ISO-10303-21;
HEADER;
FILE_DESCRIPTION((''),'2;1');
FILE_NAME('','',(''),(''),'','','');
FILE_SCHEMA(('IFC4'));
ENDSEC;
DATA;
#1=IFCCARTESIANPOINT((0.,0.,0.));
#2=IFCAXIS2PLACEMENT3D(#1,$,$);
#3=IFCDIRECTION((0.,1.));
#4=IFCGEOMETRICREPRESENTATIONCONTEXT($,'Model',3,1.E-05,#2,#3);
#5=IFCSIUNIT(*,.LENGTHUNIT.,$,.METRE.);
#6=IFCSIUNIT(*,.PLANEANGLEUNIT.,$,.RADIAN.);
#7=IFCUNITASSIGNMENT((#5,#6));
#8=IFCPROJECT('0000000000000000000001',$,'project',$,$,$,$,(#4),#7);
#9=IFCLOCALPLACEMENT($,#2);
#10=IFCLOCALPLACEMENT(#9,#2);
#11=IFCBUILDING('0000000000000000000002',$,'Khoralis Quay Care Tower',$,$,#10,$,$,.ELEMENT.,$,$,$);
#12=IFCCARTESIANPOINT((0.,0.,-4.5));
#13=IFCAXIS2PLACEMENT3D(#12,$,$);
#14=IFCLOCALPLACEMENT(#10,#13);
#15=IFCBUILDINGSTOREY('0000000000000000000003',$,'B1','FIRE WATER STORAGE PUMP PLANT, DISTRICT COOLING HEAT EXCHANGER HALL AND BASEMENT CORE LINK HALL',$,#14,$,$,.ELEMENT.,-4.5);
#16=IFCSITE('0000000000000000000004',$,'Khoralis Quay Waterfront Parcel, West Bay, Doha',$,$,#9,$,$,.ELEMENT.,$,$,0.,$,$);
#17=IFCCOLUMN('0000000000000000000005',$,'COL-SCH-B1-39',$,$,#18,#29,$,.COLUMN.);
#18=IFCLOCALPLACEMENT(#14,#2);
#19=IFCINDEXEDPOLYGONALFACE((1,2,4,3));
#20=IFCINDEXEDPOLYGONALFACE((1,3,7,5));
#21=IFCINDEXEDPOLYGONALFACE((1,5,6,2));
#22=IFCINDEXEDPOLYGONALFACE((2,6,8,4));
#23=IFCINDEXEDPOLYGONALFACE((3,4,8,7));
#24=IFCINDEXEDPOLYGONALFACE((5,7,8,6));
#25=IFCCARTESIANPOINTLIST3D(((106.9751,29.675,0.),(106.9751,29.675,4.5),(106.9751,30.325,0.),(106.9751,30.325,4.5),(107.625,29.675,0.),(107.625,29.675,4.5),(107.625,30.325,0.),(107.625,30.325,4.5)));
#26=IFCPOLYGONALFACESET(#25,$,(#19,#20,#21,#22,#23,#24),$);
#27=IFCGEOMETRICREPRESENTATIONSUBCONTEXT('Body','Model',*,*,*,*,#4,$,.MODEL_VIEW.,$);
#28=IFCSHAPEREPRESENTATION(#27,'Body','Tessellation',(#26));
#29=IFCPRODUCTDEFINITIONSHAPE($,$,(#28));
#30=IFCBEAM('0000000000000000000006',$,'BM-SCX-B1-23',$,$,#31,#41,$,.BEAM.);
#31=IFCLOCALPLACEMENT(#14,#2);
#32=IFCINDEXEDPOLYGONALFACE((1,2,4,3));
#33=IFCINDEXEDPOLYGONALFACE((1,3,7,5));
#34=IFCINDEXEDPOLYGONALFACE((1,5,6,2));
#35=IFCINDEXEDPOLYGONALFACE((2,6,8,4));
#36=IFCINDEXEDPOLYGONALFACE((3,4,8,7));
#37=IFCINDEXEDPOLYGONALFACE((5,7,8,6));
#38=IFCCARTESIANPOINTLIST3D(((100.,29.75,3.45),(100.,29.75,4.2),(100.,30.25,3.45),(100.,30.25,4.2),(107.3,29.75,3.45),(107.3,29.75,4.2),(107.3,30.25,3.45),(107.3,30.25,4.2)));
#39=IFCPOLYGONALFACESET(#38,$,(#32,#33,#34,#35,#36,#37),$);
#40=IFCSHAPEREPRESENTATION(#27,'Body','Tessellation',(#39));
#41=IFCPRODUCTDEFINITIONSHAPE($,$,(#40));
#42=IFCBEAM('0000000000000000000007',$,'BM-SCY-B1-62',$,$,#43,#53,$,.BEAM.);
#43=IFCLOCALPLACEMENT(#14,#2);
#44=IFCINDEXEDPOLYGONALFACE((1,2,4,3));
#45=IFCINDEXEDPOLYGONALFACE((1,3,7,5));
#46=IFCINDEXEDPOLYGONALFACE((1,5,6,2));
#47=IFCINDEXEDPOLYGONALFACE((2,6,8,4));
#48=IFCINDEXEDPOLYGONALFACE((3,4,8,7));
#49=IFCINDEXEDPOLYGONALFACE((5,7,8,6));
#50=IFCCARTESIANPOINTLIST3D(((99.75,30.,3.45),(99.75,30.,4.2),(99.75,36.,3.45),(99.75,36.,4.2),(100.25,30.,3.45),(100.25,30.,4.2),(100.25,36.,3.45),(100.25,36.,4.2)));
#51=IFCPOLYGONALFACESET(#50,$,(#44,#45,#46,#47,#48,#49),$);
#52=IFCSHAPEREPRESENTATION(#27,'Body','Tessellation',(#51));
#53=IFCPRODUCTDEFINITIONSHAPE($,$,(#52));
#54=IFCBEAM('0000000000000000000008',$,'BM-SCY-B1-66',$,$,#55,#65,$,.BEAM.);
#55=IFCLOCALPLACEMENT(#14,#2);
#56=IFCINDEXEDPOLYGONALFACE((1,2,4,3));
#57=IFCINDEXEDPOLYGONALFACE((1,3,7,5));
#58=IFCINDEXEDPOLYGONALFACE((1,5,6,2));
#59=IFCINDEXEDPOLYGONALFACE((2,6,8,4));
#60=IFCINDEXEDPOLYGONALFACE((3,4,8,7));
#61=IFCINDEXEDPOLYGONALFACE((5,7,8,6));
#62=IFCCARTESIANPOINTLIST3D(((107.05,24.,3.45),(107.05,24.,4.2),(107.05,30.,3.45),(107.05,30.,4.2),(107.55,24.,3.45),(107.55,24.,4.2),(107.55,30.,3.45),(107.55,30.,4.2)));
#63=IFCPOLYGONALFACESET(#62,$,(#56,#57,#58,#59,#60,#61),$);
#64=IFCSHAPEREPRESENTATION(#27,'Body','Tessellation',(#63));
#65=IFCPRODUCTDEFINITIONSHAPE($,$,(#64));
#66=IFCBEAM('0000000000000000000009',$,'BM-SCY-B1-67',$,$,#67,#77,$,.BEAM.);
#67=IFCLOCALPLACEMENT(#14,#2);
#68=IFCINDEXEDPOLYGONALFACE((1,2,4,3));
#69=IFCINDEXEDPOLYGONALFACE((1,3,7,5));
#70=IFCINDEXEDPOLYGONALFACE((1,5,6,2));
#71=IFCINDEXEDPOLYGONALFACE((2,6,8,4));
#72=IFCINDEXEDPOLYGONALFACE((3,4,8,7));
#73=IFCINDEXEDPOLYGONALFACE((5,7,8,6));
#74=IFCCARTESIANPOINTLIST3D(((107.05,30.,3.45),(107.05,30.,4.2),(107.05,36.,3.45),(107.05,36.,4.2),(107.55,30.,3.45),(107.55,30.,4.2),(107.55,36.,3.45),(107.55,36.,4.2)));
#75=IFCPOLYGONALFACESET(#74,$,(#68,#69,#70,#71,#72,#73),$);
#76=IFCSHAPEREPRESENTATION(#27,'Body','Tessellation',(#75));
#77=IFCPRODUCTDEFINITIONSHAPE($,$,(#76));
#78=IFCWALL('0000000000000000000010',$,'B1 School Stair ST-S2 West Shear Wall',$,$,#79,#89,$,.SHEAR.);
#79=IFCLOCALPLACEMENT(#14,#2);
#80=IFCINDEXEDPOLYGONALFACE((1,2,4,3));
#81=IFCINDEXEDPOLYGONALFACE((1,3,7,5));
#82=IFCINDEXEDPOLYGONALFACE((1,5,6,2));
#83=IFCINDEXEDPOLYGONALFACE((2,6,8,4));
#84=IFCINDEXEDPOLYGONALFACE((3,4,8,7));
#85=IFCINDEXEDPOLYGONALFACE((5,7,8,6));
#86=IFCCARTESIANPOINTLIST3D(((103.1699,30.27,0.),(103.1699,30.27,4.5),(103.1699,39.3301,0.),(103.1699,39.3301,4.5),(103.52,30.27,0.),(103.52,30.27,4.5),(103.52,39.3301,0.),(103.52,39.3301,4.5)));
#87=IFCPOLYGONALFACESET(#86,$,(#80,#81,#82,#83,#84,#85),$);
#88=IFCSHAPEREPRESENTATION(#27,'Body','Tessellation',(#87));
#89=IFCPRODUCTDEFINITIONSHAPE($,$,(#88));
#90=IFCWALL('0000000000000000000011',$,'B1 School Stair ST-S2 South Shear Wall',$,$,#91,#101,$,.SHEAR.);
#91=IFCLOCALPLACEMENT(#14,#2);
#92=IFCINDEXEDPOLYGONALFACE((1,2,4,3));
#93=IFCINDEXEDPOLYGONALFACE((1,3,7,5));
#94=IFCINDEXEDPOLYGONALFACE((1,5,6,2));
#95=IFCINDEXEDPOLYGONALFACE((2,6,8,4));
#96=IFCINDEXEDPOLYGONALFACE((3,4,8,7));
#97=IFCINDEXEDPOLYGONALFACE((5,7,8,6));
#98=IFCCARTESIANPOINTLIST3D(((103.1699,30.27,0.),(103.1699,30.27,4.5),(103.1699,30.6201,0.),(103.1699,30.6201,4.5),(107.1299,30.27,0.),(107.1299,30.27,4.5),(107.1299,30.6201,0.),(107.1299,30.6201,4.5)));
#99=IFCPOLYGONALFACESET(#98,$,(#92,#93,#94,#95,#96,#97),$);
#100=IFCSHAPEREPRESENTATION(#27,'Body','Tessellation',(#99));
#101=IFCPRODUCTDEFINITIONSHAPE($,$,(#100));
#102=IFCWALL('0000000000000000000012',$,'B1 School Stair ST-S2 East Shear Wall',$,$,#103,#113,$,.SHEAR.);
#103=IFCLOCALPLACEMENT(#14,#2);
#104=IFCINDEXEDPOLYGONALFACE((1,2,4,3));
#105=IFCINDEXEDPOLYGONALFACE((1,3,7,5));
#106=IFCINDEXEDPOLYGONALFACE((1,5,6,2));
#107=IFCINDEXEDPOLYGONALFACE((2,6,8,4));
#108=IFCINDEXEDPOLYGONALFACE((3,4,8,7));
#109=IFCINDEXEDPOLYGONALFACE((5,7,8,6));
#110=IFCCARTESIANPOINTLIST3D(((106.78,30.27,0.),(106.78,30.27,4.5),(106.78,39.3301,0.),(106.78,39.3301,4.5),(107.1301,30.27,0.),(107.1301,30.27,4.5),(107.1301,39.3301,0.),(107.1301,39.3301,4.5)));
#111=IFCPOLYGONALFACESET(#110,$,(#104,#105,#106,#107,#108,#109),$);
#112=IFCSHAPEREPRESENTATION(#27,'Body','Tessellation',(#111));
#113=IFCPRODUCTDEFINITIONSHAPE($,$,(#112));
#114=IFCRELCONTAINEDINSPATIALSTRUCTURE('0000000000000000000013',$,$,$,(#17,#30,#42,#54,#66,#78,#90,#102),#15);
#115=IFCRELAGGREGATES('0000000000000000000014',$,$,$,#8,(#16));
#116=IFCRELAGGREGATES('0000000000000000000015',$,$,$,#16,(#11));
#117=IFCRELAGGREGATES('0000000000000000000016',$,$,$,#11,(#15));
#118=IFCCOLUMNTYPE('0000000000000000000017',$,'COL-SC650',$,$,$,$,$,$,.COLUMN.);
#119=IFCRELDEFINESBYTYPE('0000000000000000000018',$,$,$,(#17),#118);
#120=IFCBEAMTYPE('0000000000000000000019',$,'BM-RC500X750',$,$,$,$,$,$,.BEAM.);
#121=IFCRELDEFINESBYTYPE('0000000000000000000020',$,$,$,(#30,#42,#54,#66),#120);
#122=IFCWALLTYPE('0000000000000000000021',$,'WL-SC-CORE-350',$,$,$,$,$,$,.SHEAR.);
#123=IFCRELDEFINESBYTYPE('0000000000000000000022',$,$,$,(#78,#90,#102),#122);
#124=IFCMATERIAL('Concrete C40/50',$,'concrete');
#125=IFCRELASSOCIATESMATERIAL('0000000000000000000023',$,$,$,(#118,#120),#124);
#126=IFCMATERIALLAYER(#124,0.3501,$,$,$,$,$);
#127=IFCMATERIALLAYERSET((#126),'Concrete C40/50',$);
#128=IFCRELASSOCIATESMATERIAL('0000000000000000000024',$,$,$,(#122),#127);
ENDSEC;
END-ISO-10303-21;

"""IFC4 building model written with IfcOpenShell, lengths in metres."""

from ifc_helpers import new_model, si_unit, direction, frame, frame_2d, origin, origin_2d, place, context, subcontext, project, spatial, rectangle, extrude, source, transform, mapped, material, layer, layer_set, material_profile, profile_set, type_object, element, save


model = new_model("IFC4")

# Units and contexts
model_context = context("Model", 3, precision=1e-05, world=origin(), true_north=direction((0.0, 1.0)))
body_context = subcontext(model_context, "Body", "Model", "MODEL_VIEW")
ifc_project = project(units=[si_unit("LENGTHUNIT", "METRE"), si_unit("PLANEANGLEUNIT", "RADIAN")], contexts=[model_context])

# Site, building, storey
site_placement = place(None, origin())
site = spatial("IfcSite", under=ifc_project, at=site_placement, Name="Khoralis Quay Waterfront Parcel, West Bay, Doha", CompositionType="ELEMENT", RefElevation=0.0)
building_placement = place(site_placement, origin())
building = spatial("IfcBuilding", under=site, at=building_placement, Name="Khoralis Quay Care Tower", CompositionType="ELEMENT")
storey_placement = place(building_placement, frame((0.0, 0.0, -4.5)))
storey = spatial("IfcBuildingStorey", under=building, at=storey_placement, Name="B1", Description="FIRE WATER STORAGE PUMP PLANT, DISTRICT COOLING HEAT EXCHANGER HALL AND BASEMENT CORE LINK HALL", CompositionType="ELEMENT", Elevation=-4.5)

# Column
ifc_material_1 = material(Name="Concrete C40/50", Category="concrete")
ifc_material_profile_1 = material_profile(ifc_material_1, rectangle(XDim=0.6499, YDim=0.6499, at=origin_2d()), Name="Concrete C40/50")
ifc_profile_set_1 = profile_set([ifc_material_profile_1], Name="Concrete C40/50")
column_type = type_object("IfcColumnType", Name="COL-SC650", PredefinedType="COLUMN", material=ifc_profile_set_1)
shared_shape_1 = source(origin(), body_context, "Body", "SweptSolid", [
    extrude(rectangle(XDim=0.6499, YDim=0.6499, at=origin_2d()), origin(), (0.0, 0.0, 1.0), 4.5),
])
for number, where, z_axis, x_axis, name in (
    (1, (107.3, 30.0, 0.0), (0.0, 0.0, 1.0), (1.0, 0.0, 0.0), "COL-SCH-B1-39"),
):
    element("IfcColumn", number, at=place(storey_placement, frame(where, z_axis=z_axis, x_axis=x_axis)), inside=storey, type_object=column_type, Name=name, PredefinedType="COLUMN", context=body_context, shape_type="MappedRepresentation", body=[
        mapped(shared_shape_1, transform((0.0, 0.0, 0.0), scale=1.0)),
    ])

# Beams
ifc_material_profile_2 = material_profile(ifc_material_1, rectangle(XDim=0.5, YDim=0.75, at=origin_2d()), Name="Concrete C40/50")
ifc_profile_set_2 = profile_set([ifc_material_profile_2], Name="Concrete C40/50")
beam_type = type_object("IfcBeamType", Name="BM-RC500X750", PredefinedType="BEAM", material=ifc_profile_set_2)
shared_shape_2 = source(origin(), body_context, "Body", "SweptSolid", [
    extrude(rectangle(XDim=0.5, YDim=0.75, at=origin_2d()), origin(), (0.0, 0.0, 1.0), 7.3),
])
beam_placement = place(storey_placement, frame((100.0, 30.0, 3.825), z_axis=(1.0, 0.0, 0.0), x_axis=(0.0, 1.0, 0.0)))
element("IfcBeam", 2, at=beam_placement, inside=storey, type_object=beam_type, Name="BM-SCX-B1-23", PredefinedType="BEAM", context=body_context, shape_type="MappedRepresentation", body=[
    mapped(shared_shape_2, transform((0.0, 0.0, 0.0), scale=1.0)),
])
shared_shape_3 = source(origin(), body_context, "Body", "SweptSolid", [
    extrude(rectangle(XDim=0.5, YDim=0.75, at=origin_2d()), origin(), (0.0, 0.0, 1.0), 6.0),
])
for number, where, z_axis, x_axis, name in (
    (3, (100.0, 30.0, 3.825), (0.0, 1.0, 0.0), (-1.0, 0.0, 0.0), "BM-SCY-B1-62"),
    (4, (107.3, 24.0, 3.825), (0.0, 1.0, 0.0), (-1.0, 0.0, 0.0), "BM-SCY-B1-66"),
    (5, (107.3, 30.0, 3.825), (0.0, 1.0, 0.0), (-1.0, 0.0, 0.0), "BM-SCY-B1-67"),
):
    element("IfcBeam", number, at=place(storey_placement, frame(where, z_axis=z_axis, x_axis=x_axis)), inside=storey, type_object=beam_type, Name=name, PredefinedType="BEAM", context=body_context, shape_type="MappedRepresentation", body=[
        mapped(shared_shape_3, transform((0.0, 0.0, 0.0), scale=1.0)),
    ])

# Walls
ifc_layer = layer(ifc_material_1, 0.3501)
ifc_layer_set = layer_set([ifc_layer], Name="Concrete C40/50")
wall_type = type_object("IfcWallType", Name="WL-SC-CORE-350", PredefinedType="SHEAR", material=ifc_layer_set)
wall_1_placement = place(storey_placement, frame((103.345, 30.27, 0.0), z_axis=(0.0, 0.0, 1.0), x_axis=(0.0, 1.0, 0.0)))
element("IfcWall", 6, at=wall_1_placement, inside=storey, type_object=wall_type, Name="B1 School Stair ST-S2 West Shear Wall", PredefinedType="SHEAR", context=body_context, shape_type="SweptSolid", body=[
    extrude(rectangle(XDim=9.0601, YDim=0.3501, at=frame_2d((4.53, 0.0))), origin(), (0.0, 0.0, 1.0), 4.5),
])
wall_2_placement = place(storey_placement, frame((103.1699, 30.4451, 0.0), z_axis=(0.0, 0.0, 1.0), x_axis=(1.0, 0.0, 0.0)))
element("IfcWall", 7, at=wall_2_placement, inside=storey, type_object=wall_type, Name="B1 School Stair ST-S2 South Shear Wall", PredefinedType="SHEAR", context=body_context, shape_type="SweptSolid", body=[
    extrude(rectangle(XDim=3.96, YDim=0.3501, at=frame_2d((1.98, 0.0))), origin(), (0.0, 0.0, 1.0), 4.5),
])
wall_3_placement = place(storey_placement, frame((106.9551, 30.27, 0.0), z_axis=(0.0, 0.0, 1.0), x_axis=(0.0, 1.0, 0.0)))
element("IfcWall", 8, at=wall_3_placement, inside=storey, type_object=wall_type, Name="B1 School Stair ST-S2 East Shear Wall", PredefinedType="SHEAR", context=body_context, shape_type="SweptSolid", body=[
    extrude(rectangle(XDim=9.0601, YDim=0.3501, at=frame_2d((4.53, 0.0))), origin(), (0.0, 0.0, 1.0), 4.5),
])

save(model, "model.ifc")
